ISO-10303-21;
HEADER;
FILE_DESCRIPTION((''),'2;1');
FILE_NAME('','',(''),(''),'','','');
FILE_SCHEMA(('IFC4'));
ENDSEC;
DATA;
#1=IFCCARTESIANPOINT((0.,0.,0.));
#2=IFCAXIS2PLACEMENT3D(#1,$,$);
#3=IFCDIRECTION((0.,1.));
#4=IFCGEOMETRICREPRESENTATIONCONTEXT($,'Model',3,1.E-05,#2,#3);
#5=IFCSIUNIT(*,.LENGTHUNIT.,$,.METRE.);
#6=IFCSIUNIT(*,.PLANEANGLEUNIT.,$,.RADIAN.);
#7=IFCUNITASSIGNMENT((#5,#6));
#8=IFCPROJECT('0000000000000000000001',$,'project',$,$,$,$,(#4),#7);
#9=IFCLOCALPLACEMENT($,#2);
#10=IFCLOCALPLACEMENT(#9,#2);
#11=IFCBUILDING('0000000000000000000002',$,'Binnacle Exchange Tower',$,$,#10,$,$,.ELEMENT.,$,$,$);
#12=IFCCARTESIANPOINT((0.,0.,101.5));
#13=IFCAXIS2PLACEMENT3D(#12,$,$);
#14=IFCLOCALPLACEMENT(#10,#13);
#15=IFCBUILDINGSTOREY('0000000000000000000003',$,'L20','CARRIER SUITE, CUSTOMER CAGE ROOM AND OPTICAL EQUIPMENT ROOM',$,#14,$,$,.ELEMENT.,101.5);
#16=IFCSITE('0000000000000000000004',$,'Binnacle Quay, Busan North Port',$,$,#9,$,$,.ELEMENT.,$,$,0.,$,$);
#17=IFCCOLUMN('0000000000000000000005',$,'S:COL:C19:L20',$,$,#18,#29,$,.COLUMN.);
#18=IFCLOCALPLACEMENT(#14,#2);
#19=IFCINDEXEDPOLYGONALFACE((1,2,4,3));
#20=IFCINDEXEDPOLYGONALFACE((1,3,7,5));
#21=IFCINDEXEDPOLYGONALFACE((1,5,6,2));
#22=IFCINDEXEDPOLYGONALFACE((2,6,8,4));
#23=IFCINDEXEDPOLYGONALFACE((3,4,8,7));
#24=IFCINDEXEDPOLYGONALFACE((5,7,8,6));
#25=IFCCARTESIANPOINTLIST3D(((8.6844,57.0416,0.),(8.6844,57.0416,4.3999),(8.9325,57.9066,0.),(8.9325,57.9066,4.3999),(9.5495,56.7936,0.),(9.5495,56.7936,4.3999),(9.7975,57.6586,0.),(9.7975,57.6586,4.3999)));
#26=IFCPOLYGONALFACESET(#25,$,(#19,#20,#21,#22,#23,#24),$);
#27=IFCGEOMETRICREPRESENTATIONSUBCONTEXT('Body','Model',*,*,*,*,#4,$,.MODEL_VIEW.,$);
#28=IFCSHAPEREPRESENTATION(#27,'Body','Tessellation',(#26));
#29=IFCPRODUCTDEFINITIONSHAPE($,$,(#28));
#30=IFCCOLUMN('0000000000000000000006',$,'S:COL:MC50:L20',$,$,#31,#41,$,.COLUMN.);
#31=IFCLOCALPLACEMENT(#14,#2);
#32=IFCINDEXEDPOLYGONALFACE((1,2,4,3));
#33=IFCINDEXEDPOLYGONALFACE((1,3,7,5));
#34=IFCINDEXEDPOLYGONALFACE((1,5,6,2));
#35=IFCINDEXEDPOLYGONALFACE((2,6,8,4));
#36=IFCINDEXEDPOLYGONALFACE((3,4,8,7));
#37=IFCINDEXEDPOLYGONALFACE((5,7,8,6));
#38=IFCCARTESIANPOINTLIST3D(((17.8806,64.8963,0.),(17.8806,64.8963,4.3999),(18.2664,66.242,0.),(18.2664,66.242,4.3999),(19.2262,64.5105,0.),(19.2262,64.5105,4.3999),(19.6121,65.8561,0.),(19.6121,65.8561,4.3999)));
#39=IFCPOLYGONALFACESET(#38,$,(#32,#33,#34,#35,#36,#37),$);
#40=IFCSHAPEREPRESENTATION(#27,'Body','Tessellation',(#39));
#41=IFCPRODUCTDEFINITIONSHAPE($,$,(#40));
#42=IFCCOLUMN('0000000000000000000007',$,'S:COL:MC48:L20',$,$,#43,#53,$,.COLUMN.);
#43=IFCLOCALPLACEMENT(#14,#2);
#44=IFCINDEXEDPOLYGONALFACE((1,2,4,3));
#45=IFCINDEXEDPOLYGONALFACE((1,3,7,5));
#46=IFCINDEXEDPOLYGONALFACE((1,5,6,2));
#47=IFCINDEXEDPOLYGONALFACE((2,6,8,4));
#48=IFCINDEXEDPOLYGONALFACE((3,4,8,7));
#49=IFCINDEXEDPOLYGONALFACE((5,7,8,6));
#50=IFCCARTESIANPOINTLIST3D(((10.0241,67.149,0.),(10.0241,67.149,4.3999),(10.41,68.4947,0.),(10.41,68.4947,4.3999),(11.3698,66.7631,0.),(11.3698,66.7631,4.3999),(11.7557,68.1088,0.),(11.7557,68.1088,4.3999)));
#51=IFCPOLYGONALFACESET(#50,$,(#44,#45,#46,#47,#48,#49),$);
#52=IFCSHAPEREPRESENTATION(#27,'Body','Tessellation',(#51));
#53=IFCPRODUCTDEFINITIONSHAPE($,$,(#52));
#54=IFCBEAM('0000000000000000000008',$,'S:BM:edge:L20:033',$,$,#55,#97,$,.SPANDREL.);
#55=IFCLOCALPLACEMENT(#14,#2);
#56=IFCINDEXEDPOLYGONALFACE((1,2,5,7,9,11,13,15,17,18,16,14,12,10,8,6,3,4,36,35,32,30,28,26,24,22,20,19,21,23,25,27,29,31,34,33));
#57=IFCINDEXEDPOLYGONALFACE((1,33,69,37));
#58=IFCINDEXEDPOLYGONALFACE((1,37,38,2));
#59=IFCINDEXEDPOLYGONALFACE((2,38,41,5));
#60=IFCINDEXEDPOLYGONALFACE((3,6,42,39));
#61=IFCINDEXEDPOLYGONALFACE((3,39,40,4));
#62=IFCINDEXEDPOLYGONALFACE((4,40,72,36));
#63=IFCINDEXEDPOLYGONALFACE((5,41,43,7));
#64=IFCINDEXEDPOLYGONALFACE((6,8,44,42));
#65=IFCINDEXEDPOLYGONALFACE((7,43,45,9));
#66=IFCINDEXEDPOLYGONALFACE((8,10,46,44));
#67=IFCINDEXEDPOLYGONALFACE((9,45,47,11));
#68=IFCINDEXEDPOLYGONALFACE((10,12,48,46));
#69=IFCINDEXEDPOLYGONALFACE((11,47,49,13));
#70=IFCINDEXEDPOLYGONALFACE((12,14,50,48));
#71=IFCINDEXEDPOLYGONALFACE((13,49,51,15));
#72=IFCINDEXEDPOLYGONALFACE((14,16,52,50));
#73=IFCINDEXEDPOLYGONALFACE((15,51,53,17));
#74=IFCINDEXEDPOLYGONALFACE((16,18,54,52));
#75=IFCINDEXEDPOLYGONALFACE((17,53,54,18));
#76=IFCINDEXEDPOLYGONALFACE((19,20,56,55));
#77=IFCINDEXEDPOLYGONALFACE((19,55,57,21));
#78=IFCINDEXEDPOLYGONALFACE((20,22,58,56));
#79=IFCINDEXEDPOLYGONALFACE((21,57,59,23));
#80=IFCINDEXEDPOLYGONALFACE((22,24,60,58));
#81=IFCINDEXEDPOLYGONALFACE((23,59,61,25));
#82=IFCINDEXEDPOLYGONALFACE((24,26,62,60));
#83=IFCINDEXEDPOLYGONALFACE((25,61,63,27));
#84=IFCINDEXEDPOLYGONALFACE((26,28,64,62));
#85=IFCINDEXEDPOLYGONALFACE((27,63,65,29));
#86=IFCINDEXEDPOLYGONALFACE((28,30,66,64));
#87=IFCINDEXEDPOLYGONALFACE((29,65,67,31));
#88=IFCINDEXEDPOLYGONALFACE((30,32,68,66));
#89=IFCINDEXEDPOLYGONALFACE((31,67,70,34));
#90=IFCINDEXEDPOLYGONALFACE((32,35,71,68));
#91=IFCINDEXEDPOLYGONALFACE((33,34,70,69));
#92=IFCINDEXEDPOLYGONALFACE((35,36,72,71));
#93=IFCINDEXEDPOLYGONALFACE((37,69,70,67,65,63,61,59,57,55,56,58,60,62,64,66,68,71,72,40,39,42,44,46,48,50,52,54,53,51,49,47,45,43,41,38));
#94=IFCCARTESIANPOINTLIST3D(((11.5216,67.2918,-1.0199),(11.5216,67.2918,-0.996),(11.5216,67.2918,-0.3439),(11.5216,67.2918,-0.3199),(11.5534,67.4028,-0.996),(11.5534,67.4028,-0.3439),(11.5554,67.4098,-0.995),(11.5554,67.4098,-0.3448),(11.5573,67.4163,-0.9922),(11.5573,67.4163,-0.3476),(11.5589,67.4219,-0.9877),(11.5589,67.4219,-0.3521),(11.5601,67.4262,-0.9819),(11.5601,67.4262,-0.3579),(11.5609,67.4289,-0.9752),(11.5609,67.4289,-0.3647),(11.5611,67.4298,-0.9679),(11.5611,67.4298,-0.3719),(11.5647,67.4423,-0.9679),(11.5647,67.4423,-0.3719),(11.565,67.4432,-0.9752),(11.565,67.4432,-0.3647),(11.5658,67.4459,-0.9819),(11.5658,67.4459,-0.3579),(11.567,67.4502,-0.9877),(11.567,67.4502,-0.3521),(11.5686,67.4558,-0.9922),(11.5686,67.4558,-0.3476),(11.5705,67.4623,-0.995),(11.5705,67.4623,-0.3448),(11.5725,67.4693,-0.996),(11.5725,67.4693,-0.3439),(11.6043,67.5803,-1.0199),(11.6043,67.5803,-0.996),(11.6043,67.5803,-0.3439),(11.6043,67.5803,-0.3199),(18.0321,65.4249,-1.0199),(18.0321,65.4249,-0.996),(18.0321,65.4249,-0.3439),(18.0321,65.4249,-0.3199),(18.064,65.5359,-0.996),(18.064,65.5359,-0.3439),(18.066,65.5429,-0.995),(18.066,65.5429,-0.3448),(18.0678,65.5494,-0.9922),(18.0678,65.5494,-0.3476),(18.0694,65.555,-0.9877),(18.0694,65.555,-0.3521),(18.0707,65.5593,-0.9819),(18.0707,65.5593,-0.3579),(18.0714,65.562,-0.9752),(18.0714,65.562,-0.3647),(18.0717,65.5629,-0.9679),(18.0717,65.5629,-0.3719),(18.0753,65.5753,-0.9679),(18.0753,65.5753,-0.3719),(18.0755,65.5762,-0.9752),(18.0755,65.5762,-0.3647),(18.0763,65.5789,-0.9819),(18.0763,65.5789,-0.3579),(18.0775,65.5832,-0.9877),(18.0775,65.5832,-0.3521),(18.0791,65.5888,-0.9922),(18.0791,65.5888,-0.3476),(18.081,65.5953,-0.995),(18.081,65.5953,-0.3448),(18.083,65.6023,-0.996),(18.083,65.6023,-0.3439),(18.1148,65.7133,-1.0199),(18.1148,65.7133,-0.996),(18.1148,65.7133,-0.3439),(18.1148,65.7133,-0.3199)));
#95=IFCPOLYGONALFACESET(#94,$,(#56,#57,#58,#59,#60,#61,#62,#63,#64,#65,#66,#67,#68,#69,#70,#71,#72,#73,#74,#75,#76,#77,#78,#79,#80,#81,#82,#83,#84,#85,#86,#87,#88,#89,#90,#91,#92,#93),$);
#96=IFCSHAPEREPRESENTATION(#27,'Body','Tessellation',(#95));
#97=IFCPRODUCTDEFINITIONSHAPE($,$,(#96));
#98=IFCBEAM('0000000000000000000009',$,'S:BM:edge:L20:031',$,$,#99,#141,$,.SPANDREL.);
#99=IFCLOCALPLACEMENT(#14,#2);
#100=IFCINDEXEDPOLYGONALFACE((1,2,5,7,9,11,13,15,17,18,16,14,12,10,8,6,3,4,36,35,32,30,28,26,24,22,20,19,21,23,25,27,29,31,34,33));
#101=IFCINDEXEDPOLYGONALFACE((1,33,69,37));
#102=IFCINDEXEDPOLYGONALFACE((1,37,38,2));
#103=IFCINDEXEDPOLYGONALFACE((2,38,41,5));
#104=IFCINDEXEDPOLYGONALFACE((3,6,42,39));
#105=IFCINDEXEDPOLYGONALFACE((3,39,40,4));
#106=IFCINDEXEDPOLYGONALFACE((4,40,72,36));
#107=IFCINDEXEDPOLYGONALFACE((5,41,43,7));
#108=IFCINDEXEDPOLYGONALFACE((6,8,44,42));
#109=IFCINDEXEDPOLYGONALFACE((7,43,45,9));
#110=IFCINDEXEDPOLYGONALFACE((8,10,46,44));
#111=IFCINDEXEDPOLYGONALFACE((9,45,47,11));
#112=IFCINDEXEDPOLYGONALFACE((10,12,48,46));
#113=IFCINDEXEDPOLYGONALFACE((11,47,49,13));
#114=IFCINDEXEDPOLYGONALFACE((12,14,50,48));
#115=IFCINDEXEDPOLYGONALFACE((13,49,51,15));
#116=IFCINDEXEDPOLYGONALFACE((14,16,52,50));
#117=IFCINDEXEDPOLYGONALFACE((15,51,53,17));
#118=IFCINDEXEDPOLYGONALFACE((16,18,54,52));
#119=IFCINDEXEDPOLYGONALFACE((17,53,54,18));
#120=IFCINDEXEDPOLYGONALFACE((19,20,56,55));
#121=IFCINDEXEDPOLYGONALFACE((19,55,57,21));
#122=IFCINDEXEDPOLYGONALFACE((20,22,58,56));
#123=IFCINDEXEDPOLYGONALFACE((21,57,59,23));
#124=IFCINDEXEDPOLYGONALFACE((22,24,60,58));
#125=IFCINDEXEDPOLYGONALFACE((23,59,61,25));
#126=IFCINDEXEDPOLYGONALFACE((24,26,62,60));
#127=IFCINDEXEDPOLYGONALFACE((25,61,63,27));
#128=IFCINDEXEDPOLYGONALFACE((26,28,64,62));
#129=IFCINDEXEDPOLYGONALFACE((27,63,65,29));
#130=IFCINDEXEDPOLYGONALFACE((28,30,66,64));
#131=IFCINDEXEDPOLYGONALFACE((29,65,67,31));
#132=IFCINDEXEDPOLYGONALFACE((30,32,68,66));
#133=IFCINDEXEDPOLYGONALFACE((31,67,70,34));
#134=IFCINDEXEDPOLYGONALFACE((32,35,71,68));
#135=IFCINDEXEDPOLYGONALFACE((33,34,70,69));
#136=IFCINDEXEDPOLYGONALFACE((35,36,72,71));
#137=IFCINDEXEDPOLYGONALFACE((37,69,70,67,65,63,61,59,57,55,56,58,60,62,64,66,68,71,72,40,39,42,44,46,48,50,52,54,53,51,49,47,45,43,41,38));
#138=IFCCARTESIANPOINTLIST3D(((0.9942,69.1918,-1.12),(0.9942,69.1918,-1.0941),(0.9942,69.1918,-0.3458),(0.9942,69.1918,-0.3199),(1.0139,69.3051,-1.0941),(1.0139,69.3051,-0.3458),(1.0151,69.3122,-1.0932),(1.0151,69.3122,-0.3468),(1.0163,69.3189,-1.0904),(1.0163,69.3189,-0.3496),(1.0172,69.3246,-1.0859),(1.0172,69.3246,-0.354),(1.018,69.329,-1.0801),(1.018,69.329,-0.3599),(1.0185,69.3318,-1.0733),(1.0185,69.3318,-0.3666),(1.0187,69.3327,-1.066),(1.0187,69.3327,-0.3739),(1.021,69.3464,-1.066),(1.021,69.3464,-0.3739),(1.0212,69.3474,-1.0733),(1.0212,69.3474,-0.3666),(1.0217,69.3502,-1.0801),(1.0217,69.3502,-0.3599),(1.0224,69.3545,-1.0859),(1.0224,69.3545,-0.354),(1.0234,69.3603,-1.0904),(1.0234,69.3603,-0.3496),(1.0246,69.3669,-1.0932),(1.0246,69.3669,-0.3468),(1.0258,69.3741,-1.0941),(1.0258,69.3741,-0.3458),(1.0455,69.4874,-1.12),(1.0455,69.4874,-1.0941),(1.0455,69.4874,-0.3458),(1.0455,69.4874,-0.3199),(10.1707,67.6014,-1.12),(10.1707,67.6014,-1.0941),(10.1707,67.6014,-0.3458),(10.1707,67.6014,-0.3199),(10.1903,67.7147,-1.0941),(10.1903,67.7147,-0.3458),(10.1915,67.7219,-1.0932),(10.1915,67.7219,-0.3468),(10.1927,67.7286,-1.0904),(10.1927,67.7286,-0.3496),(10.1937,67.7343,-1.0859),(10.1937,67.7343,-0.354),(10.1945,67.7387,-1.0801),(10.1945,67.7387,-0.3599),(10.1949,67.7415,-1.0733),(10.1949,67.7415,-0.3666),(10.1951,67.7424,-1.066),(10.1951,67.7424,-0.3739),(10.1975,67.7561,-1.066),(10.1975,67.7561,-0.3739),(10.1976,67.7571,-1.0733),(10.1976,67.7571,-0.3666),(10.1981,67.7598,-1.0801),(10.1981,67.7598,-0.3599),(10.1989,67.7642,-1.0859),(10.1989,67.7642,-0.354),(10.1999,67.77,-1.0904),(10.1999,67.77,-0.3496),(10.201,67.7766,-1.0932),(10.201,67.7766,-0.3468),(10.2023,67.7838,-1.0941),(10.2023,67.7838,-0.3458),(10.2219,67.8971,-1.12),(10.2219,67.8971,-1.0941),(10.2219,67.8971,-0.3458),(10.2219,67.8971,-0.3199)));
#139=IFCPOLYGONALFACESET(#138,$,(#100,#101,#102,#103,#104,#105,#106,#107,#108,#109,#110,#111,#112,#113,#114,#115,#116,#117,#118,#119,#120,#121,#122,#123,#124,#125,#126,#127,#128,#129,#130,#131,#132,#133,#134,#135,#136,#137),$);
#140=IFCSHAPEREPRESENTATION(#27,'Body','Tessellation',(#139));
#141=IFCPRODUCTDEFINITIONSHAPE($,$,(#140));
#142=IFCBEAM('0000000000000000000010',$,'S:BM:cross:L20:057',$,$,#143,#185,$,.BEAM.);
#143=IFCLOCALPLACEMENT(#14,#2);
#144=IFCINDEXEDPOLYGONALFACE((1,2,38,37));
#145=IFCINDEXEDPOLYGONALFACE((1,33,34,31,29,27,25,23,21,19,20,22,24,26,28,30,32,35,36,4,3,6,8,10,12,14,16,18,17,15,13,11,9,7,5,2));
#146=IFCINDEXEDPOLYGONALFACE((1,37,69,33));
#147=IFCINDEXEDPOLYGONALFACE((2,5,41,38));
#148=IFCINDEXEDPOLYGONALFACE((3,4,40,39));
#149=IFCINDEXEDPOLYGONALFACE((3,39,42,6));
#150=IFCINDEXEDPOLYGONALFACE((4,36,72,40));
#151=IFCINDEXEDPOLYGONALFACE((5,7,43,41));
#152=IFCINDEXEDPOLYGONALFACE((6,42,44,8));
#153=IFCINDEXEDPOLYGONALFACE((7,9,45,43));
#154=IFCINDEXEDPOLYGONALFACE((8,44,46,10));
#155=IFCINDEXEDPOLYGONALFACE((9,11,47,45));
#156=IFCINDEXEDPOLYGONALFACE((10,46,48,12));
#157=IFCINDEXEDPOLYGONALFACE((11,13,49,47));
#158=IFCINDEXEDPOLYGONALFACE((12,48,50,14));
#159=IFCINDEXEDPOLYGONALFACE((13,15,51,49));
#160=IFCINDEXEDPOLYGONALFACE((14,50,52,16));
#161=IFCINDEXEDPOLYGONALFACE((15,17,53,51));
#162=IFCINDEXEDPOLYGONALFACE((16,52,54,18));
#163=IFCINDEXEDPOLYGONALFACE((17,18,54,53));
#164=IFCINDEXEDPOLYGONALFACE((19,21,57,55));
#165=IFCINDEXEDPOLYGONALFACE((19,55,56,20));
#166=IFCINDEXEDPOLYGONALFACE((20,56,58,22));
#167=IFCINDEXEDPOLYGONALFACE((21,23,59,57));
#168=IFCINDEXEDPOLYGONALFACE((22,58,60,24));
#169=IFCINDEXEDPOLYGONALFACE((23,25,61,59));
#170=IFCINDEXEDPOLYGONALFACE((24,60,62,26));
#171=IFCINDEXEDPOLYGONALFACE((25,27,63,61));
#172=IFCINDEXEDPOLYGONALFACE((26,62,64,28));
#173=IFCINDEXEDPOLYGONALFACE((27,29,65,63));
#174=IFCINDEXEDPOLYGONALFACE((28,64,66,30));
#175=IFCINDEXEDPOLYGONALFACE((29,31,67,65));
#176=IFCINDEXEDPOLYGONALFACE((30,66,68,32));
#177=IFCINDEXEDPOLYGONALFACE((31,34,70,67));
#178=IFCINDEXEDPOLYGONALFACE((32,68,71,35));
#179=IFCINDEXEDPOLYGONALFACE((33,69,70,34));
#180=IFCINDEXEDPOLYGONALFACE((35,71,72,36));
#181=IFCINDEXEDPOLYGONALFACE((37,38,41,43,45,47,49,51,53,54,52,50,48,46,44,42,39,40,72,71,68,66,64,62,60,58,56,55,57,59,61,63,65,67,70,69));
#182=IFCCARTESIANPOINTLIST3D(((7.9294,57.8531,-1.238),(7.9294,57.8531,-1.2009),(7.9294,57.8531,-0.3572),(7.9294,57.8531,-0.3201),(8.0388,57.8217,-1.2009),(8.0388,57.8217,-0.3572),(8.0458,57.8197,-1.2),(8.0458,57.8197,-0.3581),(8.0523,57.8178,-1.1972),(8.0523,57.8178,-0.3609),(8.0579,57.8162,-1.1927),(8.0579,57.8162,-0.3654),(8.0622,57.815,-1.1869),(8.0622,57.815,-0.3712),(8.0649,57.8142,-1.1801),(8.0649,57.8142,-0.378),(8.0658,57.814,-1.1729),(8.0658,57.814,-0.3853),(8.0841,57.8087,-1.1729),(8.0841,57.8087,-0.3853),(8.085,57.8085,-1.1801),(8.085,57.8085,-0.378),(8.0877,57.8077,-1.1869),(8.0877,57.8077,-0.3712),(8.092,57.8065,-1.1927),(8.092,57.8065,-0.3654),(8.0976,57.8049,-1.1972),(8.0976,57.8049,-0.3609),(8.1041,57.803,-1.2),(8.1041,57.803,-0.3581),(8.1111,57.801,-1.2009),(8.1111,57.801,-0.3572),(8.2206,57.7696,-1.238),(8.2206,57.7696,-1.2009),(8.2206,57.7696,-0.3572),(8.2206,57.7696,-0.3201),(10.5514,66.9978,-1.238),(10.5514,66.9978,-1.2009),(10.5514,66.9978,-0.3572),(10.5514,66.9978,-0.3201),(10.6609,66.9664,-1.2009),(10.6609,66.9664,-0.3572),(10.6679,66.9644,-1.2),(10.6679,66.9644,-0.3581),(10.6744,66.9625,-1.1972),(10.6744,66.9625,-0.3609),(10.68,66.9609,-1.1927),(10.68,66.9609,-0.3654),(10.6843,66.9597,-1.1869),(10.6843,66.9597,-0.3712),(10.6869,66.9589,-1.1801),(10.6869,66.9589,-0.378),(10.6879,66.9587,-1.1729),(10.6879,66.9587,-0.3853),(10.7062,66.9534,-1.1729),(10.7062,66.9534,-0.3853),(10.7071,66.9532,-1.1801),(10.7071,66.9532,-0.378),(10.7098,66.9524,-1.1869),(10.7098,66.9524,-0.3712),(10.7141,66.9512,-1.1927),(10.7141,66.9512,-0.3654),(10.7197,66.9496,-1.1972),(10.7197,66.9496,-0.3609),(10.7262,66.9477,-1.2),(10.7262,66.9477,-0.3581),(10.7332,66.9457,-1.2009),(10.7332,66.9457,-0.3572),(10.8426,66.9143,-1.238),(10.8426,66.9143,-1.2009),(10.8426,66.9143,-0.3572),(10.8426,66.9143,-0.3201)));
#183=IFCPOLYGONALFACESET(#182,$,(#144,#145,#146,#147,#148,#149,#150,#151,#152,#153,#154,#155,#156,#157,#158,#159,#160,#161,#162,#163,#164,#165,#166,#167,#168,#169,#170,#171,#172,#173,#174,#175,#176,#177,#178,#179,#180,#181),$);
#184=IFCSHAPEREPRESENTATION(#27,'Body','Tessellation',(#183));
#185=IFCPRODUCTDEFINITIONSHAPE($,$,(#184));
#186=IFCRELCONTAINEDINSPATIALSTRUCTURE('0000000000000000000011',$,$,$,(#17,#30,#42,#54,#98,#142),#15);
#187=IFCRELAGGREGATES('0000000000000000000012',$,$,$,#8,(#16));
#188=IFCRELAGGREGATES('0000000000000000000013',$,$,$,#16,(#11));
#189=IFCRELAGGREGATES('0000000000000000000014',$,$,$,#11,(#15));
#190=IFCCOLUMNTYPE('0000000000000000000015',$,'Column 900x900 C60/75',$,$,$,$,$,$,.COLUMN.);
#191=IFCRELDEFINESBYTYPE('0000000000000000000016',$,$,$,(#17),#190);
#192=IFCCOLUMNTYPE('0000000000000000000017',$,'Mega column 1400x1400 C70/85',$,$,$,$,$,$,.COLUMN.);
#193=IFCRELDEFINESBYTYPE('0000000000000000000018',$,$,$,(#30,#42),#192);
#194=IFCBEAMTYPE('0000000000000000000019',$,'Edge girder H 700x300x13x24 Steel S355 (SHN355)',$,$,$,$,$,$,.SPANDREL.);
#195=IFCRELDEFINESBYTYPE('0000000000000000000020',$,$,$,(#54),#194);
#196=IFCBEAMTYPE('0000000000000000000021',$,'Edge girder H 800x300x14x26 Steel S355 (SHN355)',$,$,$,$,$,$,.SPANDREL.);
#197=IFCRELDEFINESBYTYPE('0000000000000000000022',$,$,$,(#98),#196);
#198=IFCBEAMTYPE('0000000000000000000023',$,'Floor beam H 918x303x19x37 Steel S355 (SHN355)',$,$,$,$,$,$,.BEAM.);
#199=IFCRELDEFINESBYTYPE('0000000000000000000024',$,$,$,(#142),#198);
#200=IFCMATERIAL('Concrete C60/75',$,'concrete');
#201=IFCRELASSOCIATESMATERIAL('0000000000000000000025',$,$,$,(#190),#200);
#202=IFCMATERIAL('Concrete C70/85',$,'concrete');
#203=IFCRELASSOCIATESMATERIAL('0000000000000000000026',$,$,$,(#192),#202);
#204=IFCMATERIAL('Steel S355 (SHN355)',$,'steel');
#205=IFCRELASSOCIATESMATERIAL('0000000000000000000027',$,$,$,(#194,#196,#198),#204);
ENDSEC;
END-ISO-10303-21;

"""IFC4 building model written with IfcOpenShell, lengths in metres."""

from ifc_helpers import new_model, si_unit, direction, frame, origin, origin_2d, place, context, subcontext, project, spatial, rectangle, i_section, extrude, material, material_profile, profile_set, type_object, element, save


model = new_model("IFC4")

# Units and contexts
model_context = context("Model", 3, precision=1e-05, world=origin(), true_north=direction((0.0, 1.0)))
body_context = subcontext(model_context, "Body", "Model", "MODEL_VIEW")
ifc_project = project(units=[si_unit("LENGTHUNIT", "METRE"), si_unit("PLANEANGLEUNIT", "RADIAN")], contexts=[model_context])

# Site, building, storey
site_placement = place(None, origin())
site = spatial("IfcSite", under=ifc_project, at=site_placement, Name="Binnacle Quay, Busan North Port", CompositionType="ELEMENT", RefElevation=0.0)
building_placement = place(site_placement, origin())
building = spatial("IfcBuilding", under=site, at=building_placement, Name="Binnacle Exchange Tower", CompositionType="ELEMENT")
storey_placement = place(building_placement, frame((0.0, 0.0, 101.5)))
storey = spatial("IfcBuildingStorey", under=building, at=storey_placement, Name="L20", Description="CARRIER SUITE, CUSTOMER CAGE ROOM AND OPTICAL EQUIPMENT ROOM", CompositionType="ELEMENT", Elevation=101.5)

# Columns
ifc_material_1 = material(Name="Concrete C60/75", Category="concrete")
ifc_material_profile_1 = material_profile(ifc_material_1, rectangle(XDim=0.8999, YDim=0.8999, at=origin_2d()), Name="Column 900x900 C60/75")
ifc_profile_set_1 = profile_set([ifc_material_profile_1], Name="Concrete C60/75")
column_type_1 = type_object("IfcColumnType", Name="Column 900x900 C60/75", PredefinedType="COLUMN", material=ifc_profile_set_1)
column_placement = place(storey_placement, frame((9.241, 57.3501, 0.0), z_axis=(0.0, 0.0, 1.0), x_axis=(0.961262, -0.275637, 0.0)))
element("IfcColumn", 1, at=column_placement, inside=storey, type_object=column_type_1, Name="S:COL:C19:L20", PredefinedType="COLUMN", context=body_context, shape_type="SweptSolid", body=[
    extrude(rectangle(XDim=0.8999, YDim=0.8999, at=origin_2d()), origin(), (0.0, 0.0, 1.0), 4.3999),
])
ifc_material_2 = material(Name="Concrete C70/85", Category="concrete")
ifc_material_profile_2 = material_profile(ifc_material_2, rectangle(XDim=1.3999, YDim=1.3999, at=origin_2d()), Name="Mega column 1400x1400 C70/85")
ifc_profile_set_2 = profile_set([ifc_material_profile_2], Name="Concrete C70/85")
column_type_2 = type_object("IfcColumnType", Name="Mega column 1400x1400 C70/85", PredefinedType="COLUMN", material=ifc_profile_set_2)
for number, where, z_axis, x_axis, name in (
    (2, (18.7463, 65.3762, 0.0), (0.0, 0.0, 1.0), (-0.961262, 0.275637, 0.0), "S:COL:MC50:L20"),
    (3, (10.8899, 67.6289, 0.0), (0.0, 0.0, 1.0), (-0.961262, 0.275637, 0.0), "S:COL:MC48:L20"),
):
    element("IfcColumn", number, at=place(storey_placement, frame(where, z_axis=z_axis, x_axis=x_axis)), inside=storey, type_object=column_type_2, Name=name, PredefinedType="COLUMN", context=body_context, shape_type="SweptSolid", body=[
        extrude(rectangle(XDim=1.3999, YDim=1.3999, at=origin_2d()), origin(), (0.0, 0.0, 1.0), 4.3999),
    ])

# Beams
ifc_material_3 = material(Name="Steel S355 (SHN355)", Category="steel")
ifc_material_profile_3 = material_profile(ifc_material_3, i_section(OverallWidth=0.3, OverallDepth=0.7, WebThickness=0.0129, FlangeThickness=0.0239, FilletRadius=0.0281, at=origin_2d()), Name="H 700x300x13x24")
ifc_profile_set_3 = profile_set([ifc_material_profile_3], Name="Steel S355 (SHN355)")
beam_type_1 = type_object("IfcBeamType", Name="Edge girder H 700x300x13x24 Steel S355 (SHN355)", PredefinedType="SPANDREL", material=ifc_profile_set_3)
beam_1_placement = place(storey_placement, frame((18.0735, 65.5691, -0.6699), z_axis=(-0.961258, 0.275649, 0.0), x_axis=(-0.275649, -0.961258, 0.0)))
element("IfcBeam", 4, at=beam_1_placement, inside=storey, type_object=beam_type_1, Name="S:BM:edge:L20:033", PredefinedType="SPANDREL", context=body_context, shape_type="SweptSolid", body=[
    extrude(i_section(OverallWidth=0.3, OverallDepth=0.7, WebThickness=0.0129, FlangeThickness=0.0239, FilletRadius=0.0281, at=origin_2d()), origin(), (0.0, 0.0, 1.0), 6.7729),
])
ifc_material_profile_4 = material_profile(ifc_material_3, i_section(OverallWidth=0.3, OverallDepth=0.8, WebThickness=0.0139, FlangeThickness=0.0259, FilletRadius=0.0281, at=origin_2d()), Name="H 800x300x14x26")
ifc_profile_set_4 = profile_set([ifc_material_profile_4], Name="Steel S355 (SHN355)")
beam_type_2 = type_object("IfcBeamType", Name="Edge girder H 800x300x14x26 Steel S355 (SHN355)", PredefinedType="SPANDREL", material=ifc_profile_set_4)
beam_2_placement = place(storey_placement, frame((10.1963, 67.7493, -0.72), z_axis=(-0.985313, 0.170759, 0.0), x_axis=(-0.170759, -0.985313, 0.0)))
element("IfcBeam", 5, at=beam_2_placement, inside=storey, type_object=beam_type_2, Name="S:BM:edge:L20:031", PredefinedType="SPANDREL", context=body_context, shape_type="SweptSolid", body=[
    extrude(i_section(OverallWidth=0.3, OverallDepth=0.8, WebThickness=0.0139, FlangeThickness=0.0259, FilletRadius=0.0281, at=origin_2d()), origin(), (0.0, 0.0, 1.0), 9.3132),
])
ifc_material_profile_5 = material_profile(ifc_material_3, i_section(OverallWidth=0.303, OverallDepth=0.918, WebThickness=0.019, FlangeThickness=0.0371, FilletRadius=0.0281, at=origin_2d()), Name="H 918x303x19x37")
ifc_profile_set_5 = profile_set([ifc_material_profile_5], Name="Steel S355 (SHN355)")
beam_type_3 = type_object("IfcBeamType", Name="Floor beam H 918x303x19x37 Steel S355 (SHN355)", PredefinedType="BEAM", material=ifc_profile_set_5)
beam_3_placement = place(storey_placement, frame((10.697, 66.9561, -0.7791), z_axis=(-0.275623, -0.961266, 0.0), x_axis=(0.961266, -0.275623, 0.0)))
element("IfcBeam", 6, at=beam_3_placement, inside=storey, type_object=beam_type_3, Name="S:BM:cross:L20:057", PredefinedType="BEAM", context=body_context, shape_type="SweptSolid", body=[
    extrude(i_section(OverallWidth=0.303, OverallDepth=0.918, WebThickness=0.019, FlangeThickness=0.0371, FilletRadius=0.0281, at=origin_2d()), origin(), (0.0, 0.0, 1.0), 9.5132),
])

save(model, "model.ifc")
